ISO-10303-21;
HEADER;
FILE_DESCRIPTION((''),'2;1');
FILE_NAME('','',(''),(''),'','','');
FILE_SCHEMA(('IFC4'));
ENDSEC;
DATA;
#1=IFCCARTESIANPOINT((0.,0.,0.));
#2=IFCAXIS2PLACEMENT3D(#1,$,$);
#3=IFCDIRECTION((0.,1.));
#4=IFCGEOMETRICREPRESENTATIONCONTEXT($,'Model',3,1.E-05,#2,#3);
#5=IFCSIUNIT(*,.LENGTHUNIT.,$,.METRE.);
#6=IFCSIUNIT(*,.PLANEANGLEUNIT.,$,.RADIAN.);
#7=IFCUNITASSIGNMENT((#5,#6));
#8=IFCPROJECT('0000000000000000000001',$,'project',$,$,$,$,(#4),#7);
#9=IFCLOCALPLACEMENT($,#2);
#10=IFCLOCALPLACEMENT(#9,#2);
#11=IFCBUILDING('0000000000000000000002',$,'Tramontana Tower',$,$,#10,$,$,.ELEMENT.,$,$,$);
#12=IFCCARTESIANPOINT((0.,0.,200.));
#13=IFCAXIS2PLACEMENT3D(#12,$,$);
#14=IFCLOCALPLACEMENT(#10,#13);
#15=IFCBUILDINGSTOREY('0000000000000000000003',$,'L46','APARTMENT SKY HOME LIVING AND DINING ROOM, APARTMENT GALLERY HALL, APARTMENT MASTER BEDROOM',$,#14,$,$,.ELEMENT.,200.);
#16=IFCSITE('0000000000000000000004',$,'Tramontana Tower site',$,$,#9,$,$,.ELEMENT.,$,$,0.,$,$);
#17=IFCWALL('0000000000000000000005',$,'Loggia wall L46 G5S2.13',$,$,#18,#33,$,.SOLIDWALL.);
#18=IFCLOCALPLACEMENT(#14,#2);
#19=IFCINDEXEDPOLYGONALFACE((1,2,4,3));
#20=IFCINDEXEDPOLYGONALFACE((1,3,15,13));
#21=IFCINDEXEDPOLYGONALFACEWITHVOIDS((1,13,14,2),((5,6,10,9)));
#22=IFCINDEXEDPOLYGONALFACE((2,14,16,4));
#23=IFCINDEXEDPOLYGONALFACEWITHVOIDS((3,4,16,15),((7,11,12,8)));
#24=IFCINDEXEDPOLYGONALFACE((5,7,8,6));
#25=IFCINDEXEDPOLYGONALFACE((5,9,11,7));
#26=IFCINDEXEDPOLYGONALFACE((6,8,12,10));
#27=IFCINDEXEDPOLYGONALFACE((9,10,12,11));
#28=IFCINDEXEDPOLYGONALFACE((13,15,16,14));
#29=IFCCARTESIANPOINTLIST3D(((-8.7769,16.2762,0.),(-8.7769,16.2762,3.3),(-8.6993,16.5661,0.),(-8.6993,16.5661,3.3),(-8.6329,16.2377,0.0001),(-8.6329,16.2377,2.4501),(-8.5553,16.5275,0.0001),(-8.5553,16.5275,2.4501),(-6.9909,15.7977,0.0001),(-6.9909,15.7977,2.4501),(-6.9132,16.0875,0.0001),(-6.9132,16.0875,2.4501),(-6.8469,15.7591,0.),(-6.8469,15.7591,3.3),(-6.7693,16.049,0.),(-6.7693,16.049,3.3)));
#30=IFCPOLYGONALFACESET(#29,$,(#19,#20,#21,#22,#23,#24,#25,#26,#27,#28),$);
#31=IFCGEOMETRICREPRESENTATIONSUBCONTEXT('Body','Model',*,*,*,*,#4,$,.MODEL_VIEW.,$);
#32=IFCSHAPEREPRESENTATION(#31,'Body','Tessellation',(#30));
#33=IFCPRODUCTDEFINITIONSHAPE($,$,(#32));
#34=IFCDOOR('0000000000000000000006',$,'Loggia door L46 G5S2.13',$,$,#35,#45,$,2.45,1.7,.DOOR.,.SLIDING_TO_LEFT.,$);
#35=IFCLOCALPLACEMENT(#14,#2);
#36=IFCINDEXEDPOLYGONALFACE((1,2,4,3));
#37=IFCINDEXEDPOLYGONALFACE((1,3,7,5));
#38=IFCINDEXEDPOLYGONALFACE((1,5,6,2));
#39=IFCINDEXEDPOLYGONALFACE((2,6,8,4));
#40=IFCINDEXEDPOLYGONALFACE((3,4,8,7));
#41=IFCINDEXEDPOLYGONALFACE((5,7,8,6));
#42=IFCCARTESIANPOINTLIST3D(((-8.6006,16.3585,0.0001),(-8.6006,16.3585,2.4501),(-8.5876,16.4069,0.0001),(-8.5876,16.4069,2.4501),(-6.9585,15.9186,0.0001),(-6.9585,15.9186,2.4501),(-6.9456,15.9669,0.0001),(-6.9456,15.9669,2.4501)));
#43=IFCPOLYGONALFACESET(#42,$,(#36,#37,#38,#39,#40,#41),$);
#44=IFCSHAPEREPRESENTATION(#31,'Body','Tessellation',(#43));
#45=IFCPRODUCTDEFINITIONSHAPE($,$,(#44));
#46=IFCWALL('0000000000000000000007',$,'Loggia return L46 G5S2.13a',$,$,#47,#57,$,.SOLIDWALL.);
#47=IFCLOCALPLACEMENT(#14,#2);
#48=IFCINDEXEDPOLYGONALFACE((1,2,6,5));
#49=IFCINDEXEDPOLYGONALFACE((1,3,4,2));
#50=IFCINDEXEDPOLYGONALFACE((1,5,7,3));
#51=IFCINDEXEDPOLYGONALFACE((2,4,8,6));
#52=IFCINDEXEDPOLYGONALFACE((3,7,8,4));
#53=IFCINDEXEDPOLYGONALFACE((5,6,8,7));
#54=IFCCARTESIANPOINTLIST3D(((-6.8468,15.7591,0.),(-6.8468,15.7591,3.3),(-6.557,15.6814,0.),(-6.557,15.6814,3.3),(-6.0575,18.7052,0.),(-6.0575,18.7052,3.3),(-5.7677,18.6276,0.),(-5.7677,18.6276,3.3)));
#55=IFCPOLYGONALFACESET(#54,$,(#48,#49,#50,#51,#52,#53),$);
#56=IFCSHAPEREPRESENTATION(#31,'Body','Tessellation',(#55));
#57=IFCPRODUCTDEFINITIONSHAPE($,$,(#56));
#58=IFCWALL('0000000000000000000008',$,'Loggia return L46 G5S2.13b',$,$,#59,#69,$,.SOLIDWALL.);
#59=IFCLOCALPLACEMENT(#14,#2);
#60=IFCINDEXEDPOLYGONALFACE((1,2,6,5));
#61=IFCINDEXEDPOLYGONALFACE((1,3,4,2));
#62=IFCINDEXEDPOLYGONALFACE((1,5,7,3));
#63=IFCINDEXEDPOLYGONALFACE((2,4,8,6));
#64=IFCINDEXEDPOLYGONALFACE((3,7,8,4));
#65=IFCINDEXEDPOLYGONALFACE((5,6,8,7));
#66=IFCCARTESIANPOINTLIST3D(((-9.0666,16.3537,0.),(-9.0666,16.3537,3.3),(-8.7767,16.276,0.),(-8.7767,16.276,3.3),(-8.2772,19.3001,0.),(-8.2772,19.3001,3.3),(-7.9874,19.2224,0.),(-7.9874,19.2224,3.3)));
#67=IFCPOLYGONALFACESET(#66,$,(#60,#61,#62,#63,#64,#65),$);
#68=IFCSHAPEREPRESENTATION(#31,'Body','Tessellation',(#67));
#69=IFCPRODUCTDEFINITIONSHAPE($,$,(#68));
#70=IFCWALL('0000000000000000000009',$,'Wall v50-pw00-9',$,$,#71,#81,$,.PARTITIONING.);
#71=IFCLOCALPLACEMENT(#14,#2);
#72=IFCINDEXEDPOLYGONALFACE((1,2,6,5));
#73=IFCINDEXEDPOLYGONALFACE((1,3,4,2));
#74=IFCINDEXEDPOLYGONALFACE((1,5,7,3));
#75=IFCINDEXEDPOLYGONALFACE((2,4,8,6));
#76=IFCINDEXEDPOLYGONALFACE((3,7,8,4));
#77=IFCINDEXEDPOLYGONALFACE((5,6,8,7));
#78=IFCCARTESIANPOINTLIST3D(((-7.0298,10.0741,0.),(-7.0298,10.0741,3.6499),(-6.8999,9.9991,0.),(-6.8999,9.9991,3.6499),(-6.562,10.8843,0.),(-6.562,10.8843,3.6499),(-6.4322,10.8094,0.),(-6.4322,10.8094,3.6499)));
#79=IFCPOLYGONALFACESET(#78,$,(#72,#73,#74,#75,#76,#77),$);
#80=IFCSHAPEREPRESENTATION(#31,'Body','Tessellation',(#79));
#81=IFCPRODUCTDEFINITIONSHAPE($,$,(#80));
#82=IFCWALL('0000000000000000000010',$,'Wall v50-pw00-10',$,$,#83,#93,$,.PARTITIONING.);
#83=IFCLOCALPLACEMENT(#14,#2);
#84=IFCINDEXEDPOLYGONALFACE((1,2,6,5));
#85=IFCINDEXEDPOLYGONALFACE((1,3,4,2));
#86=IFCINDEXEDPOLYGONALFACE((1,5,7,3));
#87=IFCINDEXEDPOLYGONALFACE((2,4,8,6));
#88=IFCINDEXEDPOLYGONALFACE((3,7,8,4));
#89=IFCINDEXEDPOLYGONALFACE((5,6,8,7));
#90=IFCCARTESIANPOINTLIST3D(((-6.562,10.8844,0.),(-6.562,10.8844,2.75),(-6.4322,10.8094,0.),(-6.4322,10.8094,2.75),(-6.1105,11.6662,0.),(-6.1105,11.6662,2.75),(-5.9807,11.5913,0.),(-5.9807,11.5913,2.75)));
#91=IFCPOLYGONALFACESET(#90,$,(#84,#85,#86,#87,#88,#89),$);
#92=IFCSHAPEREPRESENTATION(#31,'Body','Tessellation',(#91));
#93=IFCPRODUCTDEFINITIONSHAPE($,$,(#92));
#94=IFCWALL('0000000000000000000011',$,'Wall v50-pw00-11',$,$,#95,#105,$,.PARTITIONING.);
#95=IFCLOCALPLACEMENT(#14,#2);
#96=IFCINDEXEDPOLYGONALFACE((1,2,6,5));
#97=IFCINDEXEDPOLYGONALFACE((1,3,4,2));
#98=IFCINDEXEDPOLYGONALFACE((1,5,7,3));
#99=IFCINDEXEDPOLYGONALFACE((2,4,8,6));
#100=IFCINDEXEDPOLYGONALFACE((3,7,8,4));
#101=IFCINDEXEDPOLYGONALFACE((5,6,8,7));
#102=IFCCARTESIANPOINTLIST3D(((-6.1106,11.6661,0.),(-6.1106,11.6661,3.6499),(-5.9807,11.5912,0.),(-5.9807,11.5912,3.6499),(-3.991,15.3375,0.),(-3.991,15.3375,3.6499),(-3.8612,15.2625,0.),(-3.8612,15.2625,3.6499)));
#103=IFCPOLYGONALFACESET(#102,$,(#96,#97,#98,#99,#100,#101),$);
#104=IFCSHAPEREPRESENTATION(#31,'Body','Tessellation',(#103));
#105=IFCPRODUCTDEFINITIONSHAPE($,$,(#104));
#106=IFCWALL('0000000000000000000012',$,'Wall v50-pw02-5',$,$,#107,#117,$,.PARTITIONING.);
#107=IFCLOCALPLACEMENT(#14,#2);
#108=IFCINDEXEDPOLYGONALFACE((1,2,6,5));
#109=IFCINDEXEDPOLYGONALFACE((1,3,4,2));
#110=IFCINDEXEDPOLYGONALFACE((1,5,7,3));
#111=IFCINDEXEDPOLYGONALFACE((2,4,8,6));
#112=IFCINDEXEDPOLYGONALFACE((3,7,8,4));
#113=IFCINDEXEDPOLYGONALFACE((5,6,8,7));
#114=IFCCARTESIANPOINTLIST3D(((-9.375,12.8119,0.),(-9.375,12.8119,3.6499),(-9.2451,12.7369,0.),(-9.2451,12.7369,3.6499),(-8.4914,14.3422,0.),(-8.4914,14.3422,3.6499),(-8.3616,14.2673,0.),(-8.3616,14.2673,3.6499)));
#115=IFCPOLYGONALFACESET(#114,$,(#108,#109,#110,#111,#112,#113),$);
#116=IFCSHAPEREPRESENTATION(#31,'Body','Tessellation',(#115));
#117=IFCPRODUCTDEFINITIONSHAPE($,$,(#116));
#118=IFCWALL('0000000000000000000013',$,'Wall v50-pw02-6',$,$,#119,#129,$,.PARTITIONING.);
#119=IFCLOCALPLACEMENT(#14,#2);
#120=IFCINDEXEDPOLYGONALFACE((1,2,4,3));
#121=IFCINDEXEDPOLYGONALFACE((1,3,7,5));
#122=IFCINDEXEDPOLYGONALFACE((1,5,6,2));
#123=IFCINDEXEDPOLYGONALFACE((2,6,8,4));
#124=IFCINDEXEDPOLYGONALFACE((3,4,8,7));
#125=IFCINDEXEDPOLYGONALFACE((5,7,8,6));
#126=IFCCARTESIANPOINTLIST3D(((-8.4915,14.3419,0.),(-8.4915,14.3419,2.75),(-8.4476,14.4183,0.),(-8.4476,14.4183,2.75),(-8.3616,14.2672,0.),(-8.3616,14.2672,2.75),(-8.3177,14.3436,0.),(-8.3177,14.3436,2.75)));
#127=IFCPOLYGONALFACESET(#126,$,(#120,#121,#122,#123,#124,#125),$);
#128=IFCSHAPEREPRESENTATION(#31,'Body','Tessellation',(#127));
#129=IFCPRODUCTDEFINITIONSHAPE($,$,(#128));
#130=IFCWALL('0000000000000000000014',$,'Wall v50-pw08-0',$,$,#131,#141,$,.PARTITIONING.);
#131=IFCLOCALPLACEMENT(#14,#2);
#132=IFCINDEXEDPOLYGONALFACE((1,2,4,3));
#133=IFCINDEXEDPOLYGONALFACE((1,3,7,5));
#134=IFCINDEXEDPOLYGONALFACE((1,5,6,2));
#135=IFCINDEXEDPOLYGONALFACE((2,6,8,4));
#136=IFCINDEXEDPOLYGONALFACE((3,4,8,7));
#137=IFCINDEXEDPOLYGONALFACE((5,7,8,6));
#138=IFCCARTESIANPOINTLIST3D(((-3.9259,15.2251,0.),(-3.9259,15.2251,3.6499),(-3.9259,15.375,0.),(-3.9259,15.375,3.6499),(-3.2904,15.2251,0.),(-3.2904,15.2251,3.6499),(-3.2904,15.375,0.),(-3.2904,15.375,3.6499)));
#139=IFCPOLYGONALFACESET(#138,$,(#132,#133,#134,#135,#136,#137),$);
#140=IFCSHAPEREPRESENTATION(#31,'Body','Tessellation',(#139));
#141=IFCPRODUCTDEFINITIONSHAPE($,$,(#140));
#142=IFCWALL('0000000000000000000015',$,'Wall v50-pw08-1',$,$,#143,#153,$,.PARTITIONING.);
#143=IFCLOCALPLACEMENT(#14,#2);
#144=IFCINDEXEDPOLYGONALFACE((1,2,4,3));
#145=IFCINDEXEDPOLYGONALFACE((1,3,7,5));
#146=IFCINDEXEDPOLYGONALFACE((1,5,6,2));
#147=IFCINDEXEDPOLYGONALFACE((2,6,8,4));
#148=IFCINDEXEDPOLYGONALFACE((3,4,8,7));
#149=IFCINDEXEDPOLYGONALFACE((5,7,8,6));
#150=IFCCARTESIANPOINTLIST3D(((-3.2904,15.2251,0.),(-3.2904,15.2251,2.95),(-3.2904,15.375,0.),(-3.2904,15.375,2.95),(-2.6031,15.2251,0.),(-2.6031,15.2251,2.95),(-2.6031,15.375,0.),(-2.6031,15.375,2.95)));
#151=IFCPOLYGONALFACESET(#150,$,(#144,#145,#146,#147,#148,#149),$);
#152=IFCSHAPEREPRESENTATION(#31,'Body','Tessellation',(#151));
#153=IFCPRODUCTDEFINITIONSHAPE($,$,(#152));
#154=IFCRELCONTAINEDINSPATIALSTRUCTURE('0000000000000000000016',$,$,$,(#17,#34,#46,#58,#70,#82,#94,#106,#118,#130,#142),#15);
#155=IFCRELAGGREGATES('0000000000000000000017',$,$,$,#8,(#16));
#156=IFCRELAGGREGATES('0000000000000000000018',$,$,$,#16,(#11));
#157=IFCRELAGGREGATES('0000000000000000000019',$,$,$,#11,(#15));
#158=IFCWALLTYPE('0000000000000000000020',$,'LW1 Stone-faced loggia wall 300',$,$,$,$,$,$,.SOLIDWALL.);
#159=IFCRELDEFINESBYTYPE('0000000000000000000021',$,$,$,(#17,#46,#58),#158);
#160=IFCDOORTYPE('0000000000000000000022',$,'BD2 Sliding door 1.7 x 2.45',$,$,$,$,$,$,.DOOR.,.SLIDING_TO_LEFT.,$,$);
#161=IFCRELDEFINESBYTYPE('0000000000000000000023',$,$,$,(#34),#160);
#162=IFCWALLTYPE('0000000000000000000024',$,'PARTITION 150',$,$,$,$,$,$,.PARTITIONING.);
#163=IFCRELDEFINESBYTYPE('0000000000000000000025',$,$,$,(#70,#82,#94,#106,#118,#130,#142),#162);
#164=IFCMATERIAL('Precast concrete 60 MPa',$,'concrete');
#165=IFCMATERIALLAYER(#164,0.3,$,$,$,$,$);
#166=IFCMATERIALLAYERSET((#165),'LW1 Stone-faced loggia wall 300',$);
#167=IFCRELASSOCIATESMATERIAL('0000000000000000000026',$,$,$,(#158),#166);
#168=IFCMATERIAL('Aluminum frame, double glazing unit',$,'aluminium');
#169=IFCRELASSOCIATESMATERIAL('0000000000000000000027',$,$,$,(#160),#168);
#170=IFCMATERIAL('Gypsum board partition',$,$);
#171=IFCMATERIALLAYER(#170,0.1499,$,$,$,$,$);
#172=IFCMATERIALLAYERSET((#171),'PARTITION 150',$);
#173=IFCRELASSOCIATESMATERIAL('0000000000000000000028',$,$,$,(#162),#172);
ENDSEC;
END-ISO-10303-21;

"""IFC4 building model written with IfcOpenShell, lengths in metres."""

from ifc_helpers import new_model, si_unit, direction, frame, frame_2d, origin, place, context, subcontext, project, spatial, rectangle, extrude, material, layer, layer_set, type_object, element, fill, save


model = new_model("IFC4")

# Units and contexts
model_context = context("Model", 3, precision=1e-05, world=origin(), true_north=direction((0.0, 1.0)))
body_context = subcontext(model_context, "Body", "Model", "MODEL_VIEW")
ifc_project = project(units=[si_unit("LENGTHUNIT", "METRE"), si_unit("PLANEANGLEUNIT", "RADIAN")], contexts=[model_context])

# Site, building, storey
site_placement = place(None, origin())
site = spatial("IfcSite", under=ifc_project, at=site_placement, Name="Tramontana Tower site", CompositionType="ELEMENT", RefElevation=0.0)
building_placement = place(site_placement, origin())
building = spatial("IfcBuilding", under=site, at=building_placement, Name="Tramontana Tower", CompositionType="ELEMENT")
storey_placement = place(building_placement, frame((0.0, 0.0, 200.0)))
storey = spatial("IfcBuildingStorey", under=building, at=storey_placement, Name="L46", Description="APARTMENT SKY HOME LIVING AND DINING ROOM, APARTMENT GALLERY HALL, APARTMENT MASTER BEDROOM", CompositionType="ELEMENT", Elevation=200.0)

# Wall, opening, door
ifc_material_1 = material(Name="Precast concrete 60 MPa", Category="concrete")
ifc_layer_1 = layer(ifc_material_1, 0.3)
ifc_layer_set_1 = layer_set([ifc_layer_1], Name="LW1 Stone-faced loggia wall 300")
wall_type_1 = type_object("IfcWallType", Name="LW1 Stone-faced loggia wall 300", PredefinedType="SOLIDWALL", material=ifc_layer_set_1)
wall_1_placement = place(storey_placement, frame((-6.8081, 15.9041, 0.0), z_axis=(0.0, 0.0, 1.0), x_axis=(-0.96593, 0.258803, 0.0)))
wall_1 = element("IfcWall", 1, at=wall_1_placement, inside=storey, type_object=wall_type_1, Name="Loggia wall L46 G5S2.13", PredefinedType="SOLIDWALL", context=body_context, shape_type="SweptSolid", body=[
    extrude(rectangle(XDim=1.998, YDim=0.3, at=frame_2d((0.999, 0.0))), origin(), (0.0, 0.0, 1.0), 3.3),
])
opening_1_placement = place(wall_1_placement, frame((0.1489, 0.0, 0.0)))
opening_1 = element("IfcOpeningElement", 2, at=opening_1_placement, cuts=wall_1, PredefinedType="OPENING", context=body_context, shape_type="SweptSolid", body=[
    extrude(rectangle(XDim=1.7, YDim=2.45, at=frame_2d((0.8501, 1.2251))), frame((0.0, 0.1599, 0.0), z_axis=(0.0, -1.0, 0.0), x_axis=(1.0, 0.0, 0.0)), (0.0, 0.0, 1.0), 0.3201),
])
ifc_material_2 = material(Name="Aluminum frame, double glazing unit", Category="aluminium")
door_type_1 = type_object("IfcDoorType", Name="BD2 Sliding door 1.7 x 2.45", OperationType="SLIDING_TO_LEFT", PredefinedType="DOOR", material=ifc_material_2)
door_1_placement = place(opening_1_placement, origin())
door_1 = element("IfcDoor", 3, at=door_1_placement, inside=storey, type_object=door_type_1, Name="Loggia door L46 G5S2.13", OperationType="SLIDING_TO_LEFT", OverallHeight=2.45, OverallWidth=1.7, PredefinedType="DOOR", context=body_context, shape_type="SweptSolid", body=[
    extrude(rectangle(XDim=1.7, YDim=2.45, at=frame_2d((0.8501, 1.2251))), frame((0.0, 0.0249, 0.0), z_axis=(0.0, -1.0, 0.0), x_axis=(1.0, 0.0, 0.0)), (0.0, 0.0, 1.0), 0.05),
])
fill(opening_1, door_1)

# Walls
wall_2_placement = place(storey_placement, frame((-5.9126, 18.6663, 0.0), z_axis=(0.0, 0.0, 1.0), x_axis=(-0.258793, -0.965933, 0.0)))
element("IfcWall", 4, at=wall_2_placement, inside=storey, type_object=wall_type_1, Name="Loggia return L46 G5S2.13a", PredefinedType="SOLIDWALL", context=body_context, shape_type="SweptSolid", body=[
    extrude(rectangle(XDim=3.05, YDim=0.3, at=frame_2d((1.5249, 0.0))), origin(), (0.0, 0.0, 1.0), 3.3),
])
wall_3_placement = place(storey_placement, frame((-8.1323, 19.2612, 0.0), z_axis=(0.0, 0.0, 1.0), x_axis=(-0.258773, -0.965938, 0.0)))
element("IfcWall", 5, at=wall_3_placement, inside=storey, type_object=wall_type_1, Name="Loggia return L46 G5S2.13b", PredefinedType="SOLIDWALL", context=body_context, shape_type="SweptSolid", body=[
    extrude(rectangle(XDim=3.0503, YDim=0.3, at=frame_2d((1.5251, 0.0))), origin(), (0.0, 0.0, 1.0), 3.3),
])
ifc_material_3 = material(Name="Gypsum board partition")
ifc_layer_2 = layer(ifc_material_3, 0.1499)
ifc_layer_set_2 = layer_set([ifc_layer_2], Name="PARTITION 150")
wall_type_2 = type_object("IfcWallType", Name="PARTITION 150", PredefinedType="PARTITIONING", material=ifc_layer_set_2)
wall_4_placement = place(storey_placement, frame((-6.9648, 10.0366, 0.0), z_axis=(0.0, 0.0, 1.0), x_axis=(0.499956, 0.866051, 0.0)))
element("IfcWall", 6, at=wall_4_placement, inside=storey, type_object=wall_type_2, Name="Wall v50-pw00-9", PredefinedType="PARTITIONING", context=body_context, shape_type="SweptSolid", body=[
    extrude(rectangle(XDim=0.9355, YDim=0.1499, at=frame_2d((0.4678, 0.0))), origin(), (0.0, 0.0, 1.0), 3.6499),
])
wall_5_placement = place(storey_placement, frame((-6.4971, 10.8469, 0.0), z_axis=(0.0, 0.0, 1.0), x_axis=(0.500066, 0.865987, 0.0)))
element("IfcWall", 7, at=wall_5_placement, inside=storey, type_object=wall_type_2, Name="Wall v50-pw00-10", PredefinedType="PARTITIONING", context=body_context, shape_type="SweptSolid", body=[
    extrude(rectangle(XDim=0.9028, YDim=0.1499, at=frame_2d((0.4514, 0.0))), origin(), (0.0, 0.0, 1.0), 2.75),
])
wall_6_placement = place(storey_placement, frame((-6.0457, 11.6287, 0.0), z_axis=(0.0, 0.0, 1.0), x_axis=(0.499992, 0.86603, 0.0)))
element("IfcWall", 8, at=wall_6_placement, inside=storey, type_object=wall_type_2, Name="Wall v50-pw00-11", PredefinedType="PARTITIONING", context=body_context, shape_type="SweptSolid", body=[
    extrude(rectangle(XDim=4.2393, YDim=0.1499, at=frame_2d((2.1196, 0.0))), origin(), (0.0, 0.0, 1.0), 3.6499),
])

# Walls
wall_7_placement = place(storey_placement, frame((-9.3101, 12.7744, 0.0), z_axis=(0.0, 0.0, 1.0), x_axis=(0.500017, 0.866015, 0.0)))
element("IfcWall", 9, at=wall_7_placement, inside=storey, type_object=wall_type_2, Name="Wall v50-pw02-5", PredefinedType="PARTITIONING", context=body_context, shape_type="SweptSolid", body=[
    extrude(rectangle(XDim=1.7671, YDim=0.1499, at=frame_2d((0.8835, 0.0))), origin(), (0.0, 0.0, 1.0), 3.6499),
])
wall_8_placement = place(storey_placement, frame((-8.4265, 14.3047, 0.0), z_axis=(0.0, 0.0, 1.0), x_axis=(0.498523, 0.866876, 0.0)))
element("IfcWall", 10, at=wall_8_placement, inside=storey, type_object=wall_type_2, Name="Wall v50-pw02-6", PredefinedType="PARTITIONING", context=body_context, shape_type="SweptSolid", body=[
    extrude(rectangle(XDim=0.0881, YDim=0.1499, at=frame_2d((0.0439, 0.0))), origin(), (0.0, 0.0, 1.0), 2.75),
])
wall_9_placement = place(storey_placement, frame((-3.926, 15.3, 0.0), z_axis=(0.0, 0.0, 1.0), x_axis=(1.0, 0.0, 0.0)))
element("IfcWall", 11, at=wall_9_placement, inside=storey, type_object=wall_type_2, Name="Wall v50-pw08-0", PredefinedType="PARTITIONING", context=body_context, shape_type="SweptSolid", body=[
    extrude(rectangle(XDim=0.6355, YDim=0.1499, at=frame_2d((0.3179, 0.0))), origin(), (0.0, 0.0, 1.0), 3.6499),
])
wall_10_placement = place(storey_placement, frame((-3.2905, 15.3, 0.0), z_axis=(0.0, 0.0, 1.0), x_axis=(1.0, 0.0, 0.0)))
element("IfcWall", 12, at=wall_10_placement, inside=storey, type_object=wall_type_2, Name="Wall v50-pw08-1", PredefinedType="PARTITIONING", context=body_context, shape_type="SweptSolid", body=[
    extrude(rectangle(XDim=0.6873, YDim=0.1499, at=frame_2d((0.3438, 0.0))), origin(), (0.0, 0.0, 1.0), 2.95),
])

save(model, "model.ifc")
